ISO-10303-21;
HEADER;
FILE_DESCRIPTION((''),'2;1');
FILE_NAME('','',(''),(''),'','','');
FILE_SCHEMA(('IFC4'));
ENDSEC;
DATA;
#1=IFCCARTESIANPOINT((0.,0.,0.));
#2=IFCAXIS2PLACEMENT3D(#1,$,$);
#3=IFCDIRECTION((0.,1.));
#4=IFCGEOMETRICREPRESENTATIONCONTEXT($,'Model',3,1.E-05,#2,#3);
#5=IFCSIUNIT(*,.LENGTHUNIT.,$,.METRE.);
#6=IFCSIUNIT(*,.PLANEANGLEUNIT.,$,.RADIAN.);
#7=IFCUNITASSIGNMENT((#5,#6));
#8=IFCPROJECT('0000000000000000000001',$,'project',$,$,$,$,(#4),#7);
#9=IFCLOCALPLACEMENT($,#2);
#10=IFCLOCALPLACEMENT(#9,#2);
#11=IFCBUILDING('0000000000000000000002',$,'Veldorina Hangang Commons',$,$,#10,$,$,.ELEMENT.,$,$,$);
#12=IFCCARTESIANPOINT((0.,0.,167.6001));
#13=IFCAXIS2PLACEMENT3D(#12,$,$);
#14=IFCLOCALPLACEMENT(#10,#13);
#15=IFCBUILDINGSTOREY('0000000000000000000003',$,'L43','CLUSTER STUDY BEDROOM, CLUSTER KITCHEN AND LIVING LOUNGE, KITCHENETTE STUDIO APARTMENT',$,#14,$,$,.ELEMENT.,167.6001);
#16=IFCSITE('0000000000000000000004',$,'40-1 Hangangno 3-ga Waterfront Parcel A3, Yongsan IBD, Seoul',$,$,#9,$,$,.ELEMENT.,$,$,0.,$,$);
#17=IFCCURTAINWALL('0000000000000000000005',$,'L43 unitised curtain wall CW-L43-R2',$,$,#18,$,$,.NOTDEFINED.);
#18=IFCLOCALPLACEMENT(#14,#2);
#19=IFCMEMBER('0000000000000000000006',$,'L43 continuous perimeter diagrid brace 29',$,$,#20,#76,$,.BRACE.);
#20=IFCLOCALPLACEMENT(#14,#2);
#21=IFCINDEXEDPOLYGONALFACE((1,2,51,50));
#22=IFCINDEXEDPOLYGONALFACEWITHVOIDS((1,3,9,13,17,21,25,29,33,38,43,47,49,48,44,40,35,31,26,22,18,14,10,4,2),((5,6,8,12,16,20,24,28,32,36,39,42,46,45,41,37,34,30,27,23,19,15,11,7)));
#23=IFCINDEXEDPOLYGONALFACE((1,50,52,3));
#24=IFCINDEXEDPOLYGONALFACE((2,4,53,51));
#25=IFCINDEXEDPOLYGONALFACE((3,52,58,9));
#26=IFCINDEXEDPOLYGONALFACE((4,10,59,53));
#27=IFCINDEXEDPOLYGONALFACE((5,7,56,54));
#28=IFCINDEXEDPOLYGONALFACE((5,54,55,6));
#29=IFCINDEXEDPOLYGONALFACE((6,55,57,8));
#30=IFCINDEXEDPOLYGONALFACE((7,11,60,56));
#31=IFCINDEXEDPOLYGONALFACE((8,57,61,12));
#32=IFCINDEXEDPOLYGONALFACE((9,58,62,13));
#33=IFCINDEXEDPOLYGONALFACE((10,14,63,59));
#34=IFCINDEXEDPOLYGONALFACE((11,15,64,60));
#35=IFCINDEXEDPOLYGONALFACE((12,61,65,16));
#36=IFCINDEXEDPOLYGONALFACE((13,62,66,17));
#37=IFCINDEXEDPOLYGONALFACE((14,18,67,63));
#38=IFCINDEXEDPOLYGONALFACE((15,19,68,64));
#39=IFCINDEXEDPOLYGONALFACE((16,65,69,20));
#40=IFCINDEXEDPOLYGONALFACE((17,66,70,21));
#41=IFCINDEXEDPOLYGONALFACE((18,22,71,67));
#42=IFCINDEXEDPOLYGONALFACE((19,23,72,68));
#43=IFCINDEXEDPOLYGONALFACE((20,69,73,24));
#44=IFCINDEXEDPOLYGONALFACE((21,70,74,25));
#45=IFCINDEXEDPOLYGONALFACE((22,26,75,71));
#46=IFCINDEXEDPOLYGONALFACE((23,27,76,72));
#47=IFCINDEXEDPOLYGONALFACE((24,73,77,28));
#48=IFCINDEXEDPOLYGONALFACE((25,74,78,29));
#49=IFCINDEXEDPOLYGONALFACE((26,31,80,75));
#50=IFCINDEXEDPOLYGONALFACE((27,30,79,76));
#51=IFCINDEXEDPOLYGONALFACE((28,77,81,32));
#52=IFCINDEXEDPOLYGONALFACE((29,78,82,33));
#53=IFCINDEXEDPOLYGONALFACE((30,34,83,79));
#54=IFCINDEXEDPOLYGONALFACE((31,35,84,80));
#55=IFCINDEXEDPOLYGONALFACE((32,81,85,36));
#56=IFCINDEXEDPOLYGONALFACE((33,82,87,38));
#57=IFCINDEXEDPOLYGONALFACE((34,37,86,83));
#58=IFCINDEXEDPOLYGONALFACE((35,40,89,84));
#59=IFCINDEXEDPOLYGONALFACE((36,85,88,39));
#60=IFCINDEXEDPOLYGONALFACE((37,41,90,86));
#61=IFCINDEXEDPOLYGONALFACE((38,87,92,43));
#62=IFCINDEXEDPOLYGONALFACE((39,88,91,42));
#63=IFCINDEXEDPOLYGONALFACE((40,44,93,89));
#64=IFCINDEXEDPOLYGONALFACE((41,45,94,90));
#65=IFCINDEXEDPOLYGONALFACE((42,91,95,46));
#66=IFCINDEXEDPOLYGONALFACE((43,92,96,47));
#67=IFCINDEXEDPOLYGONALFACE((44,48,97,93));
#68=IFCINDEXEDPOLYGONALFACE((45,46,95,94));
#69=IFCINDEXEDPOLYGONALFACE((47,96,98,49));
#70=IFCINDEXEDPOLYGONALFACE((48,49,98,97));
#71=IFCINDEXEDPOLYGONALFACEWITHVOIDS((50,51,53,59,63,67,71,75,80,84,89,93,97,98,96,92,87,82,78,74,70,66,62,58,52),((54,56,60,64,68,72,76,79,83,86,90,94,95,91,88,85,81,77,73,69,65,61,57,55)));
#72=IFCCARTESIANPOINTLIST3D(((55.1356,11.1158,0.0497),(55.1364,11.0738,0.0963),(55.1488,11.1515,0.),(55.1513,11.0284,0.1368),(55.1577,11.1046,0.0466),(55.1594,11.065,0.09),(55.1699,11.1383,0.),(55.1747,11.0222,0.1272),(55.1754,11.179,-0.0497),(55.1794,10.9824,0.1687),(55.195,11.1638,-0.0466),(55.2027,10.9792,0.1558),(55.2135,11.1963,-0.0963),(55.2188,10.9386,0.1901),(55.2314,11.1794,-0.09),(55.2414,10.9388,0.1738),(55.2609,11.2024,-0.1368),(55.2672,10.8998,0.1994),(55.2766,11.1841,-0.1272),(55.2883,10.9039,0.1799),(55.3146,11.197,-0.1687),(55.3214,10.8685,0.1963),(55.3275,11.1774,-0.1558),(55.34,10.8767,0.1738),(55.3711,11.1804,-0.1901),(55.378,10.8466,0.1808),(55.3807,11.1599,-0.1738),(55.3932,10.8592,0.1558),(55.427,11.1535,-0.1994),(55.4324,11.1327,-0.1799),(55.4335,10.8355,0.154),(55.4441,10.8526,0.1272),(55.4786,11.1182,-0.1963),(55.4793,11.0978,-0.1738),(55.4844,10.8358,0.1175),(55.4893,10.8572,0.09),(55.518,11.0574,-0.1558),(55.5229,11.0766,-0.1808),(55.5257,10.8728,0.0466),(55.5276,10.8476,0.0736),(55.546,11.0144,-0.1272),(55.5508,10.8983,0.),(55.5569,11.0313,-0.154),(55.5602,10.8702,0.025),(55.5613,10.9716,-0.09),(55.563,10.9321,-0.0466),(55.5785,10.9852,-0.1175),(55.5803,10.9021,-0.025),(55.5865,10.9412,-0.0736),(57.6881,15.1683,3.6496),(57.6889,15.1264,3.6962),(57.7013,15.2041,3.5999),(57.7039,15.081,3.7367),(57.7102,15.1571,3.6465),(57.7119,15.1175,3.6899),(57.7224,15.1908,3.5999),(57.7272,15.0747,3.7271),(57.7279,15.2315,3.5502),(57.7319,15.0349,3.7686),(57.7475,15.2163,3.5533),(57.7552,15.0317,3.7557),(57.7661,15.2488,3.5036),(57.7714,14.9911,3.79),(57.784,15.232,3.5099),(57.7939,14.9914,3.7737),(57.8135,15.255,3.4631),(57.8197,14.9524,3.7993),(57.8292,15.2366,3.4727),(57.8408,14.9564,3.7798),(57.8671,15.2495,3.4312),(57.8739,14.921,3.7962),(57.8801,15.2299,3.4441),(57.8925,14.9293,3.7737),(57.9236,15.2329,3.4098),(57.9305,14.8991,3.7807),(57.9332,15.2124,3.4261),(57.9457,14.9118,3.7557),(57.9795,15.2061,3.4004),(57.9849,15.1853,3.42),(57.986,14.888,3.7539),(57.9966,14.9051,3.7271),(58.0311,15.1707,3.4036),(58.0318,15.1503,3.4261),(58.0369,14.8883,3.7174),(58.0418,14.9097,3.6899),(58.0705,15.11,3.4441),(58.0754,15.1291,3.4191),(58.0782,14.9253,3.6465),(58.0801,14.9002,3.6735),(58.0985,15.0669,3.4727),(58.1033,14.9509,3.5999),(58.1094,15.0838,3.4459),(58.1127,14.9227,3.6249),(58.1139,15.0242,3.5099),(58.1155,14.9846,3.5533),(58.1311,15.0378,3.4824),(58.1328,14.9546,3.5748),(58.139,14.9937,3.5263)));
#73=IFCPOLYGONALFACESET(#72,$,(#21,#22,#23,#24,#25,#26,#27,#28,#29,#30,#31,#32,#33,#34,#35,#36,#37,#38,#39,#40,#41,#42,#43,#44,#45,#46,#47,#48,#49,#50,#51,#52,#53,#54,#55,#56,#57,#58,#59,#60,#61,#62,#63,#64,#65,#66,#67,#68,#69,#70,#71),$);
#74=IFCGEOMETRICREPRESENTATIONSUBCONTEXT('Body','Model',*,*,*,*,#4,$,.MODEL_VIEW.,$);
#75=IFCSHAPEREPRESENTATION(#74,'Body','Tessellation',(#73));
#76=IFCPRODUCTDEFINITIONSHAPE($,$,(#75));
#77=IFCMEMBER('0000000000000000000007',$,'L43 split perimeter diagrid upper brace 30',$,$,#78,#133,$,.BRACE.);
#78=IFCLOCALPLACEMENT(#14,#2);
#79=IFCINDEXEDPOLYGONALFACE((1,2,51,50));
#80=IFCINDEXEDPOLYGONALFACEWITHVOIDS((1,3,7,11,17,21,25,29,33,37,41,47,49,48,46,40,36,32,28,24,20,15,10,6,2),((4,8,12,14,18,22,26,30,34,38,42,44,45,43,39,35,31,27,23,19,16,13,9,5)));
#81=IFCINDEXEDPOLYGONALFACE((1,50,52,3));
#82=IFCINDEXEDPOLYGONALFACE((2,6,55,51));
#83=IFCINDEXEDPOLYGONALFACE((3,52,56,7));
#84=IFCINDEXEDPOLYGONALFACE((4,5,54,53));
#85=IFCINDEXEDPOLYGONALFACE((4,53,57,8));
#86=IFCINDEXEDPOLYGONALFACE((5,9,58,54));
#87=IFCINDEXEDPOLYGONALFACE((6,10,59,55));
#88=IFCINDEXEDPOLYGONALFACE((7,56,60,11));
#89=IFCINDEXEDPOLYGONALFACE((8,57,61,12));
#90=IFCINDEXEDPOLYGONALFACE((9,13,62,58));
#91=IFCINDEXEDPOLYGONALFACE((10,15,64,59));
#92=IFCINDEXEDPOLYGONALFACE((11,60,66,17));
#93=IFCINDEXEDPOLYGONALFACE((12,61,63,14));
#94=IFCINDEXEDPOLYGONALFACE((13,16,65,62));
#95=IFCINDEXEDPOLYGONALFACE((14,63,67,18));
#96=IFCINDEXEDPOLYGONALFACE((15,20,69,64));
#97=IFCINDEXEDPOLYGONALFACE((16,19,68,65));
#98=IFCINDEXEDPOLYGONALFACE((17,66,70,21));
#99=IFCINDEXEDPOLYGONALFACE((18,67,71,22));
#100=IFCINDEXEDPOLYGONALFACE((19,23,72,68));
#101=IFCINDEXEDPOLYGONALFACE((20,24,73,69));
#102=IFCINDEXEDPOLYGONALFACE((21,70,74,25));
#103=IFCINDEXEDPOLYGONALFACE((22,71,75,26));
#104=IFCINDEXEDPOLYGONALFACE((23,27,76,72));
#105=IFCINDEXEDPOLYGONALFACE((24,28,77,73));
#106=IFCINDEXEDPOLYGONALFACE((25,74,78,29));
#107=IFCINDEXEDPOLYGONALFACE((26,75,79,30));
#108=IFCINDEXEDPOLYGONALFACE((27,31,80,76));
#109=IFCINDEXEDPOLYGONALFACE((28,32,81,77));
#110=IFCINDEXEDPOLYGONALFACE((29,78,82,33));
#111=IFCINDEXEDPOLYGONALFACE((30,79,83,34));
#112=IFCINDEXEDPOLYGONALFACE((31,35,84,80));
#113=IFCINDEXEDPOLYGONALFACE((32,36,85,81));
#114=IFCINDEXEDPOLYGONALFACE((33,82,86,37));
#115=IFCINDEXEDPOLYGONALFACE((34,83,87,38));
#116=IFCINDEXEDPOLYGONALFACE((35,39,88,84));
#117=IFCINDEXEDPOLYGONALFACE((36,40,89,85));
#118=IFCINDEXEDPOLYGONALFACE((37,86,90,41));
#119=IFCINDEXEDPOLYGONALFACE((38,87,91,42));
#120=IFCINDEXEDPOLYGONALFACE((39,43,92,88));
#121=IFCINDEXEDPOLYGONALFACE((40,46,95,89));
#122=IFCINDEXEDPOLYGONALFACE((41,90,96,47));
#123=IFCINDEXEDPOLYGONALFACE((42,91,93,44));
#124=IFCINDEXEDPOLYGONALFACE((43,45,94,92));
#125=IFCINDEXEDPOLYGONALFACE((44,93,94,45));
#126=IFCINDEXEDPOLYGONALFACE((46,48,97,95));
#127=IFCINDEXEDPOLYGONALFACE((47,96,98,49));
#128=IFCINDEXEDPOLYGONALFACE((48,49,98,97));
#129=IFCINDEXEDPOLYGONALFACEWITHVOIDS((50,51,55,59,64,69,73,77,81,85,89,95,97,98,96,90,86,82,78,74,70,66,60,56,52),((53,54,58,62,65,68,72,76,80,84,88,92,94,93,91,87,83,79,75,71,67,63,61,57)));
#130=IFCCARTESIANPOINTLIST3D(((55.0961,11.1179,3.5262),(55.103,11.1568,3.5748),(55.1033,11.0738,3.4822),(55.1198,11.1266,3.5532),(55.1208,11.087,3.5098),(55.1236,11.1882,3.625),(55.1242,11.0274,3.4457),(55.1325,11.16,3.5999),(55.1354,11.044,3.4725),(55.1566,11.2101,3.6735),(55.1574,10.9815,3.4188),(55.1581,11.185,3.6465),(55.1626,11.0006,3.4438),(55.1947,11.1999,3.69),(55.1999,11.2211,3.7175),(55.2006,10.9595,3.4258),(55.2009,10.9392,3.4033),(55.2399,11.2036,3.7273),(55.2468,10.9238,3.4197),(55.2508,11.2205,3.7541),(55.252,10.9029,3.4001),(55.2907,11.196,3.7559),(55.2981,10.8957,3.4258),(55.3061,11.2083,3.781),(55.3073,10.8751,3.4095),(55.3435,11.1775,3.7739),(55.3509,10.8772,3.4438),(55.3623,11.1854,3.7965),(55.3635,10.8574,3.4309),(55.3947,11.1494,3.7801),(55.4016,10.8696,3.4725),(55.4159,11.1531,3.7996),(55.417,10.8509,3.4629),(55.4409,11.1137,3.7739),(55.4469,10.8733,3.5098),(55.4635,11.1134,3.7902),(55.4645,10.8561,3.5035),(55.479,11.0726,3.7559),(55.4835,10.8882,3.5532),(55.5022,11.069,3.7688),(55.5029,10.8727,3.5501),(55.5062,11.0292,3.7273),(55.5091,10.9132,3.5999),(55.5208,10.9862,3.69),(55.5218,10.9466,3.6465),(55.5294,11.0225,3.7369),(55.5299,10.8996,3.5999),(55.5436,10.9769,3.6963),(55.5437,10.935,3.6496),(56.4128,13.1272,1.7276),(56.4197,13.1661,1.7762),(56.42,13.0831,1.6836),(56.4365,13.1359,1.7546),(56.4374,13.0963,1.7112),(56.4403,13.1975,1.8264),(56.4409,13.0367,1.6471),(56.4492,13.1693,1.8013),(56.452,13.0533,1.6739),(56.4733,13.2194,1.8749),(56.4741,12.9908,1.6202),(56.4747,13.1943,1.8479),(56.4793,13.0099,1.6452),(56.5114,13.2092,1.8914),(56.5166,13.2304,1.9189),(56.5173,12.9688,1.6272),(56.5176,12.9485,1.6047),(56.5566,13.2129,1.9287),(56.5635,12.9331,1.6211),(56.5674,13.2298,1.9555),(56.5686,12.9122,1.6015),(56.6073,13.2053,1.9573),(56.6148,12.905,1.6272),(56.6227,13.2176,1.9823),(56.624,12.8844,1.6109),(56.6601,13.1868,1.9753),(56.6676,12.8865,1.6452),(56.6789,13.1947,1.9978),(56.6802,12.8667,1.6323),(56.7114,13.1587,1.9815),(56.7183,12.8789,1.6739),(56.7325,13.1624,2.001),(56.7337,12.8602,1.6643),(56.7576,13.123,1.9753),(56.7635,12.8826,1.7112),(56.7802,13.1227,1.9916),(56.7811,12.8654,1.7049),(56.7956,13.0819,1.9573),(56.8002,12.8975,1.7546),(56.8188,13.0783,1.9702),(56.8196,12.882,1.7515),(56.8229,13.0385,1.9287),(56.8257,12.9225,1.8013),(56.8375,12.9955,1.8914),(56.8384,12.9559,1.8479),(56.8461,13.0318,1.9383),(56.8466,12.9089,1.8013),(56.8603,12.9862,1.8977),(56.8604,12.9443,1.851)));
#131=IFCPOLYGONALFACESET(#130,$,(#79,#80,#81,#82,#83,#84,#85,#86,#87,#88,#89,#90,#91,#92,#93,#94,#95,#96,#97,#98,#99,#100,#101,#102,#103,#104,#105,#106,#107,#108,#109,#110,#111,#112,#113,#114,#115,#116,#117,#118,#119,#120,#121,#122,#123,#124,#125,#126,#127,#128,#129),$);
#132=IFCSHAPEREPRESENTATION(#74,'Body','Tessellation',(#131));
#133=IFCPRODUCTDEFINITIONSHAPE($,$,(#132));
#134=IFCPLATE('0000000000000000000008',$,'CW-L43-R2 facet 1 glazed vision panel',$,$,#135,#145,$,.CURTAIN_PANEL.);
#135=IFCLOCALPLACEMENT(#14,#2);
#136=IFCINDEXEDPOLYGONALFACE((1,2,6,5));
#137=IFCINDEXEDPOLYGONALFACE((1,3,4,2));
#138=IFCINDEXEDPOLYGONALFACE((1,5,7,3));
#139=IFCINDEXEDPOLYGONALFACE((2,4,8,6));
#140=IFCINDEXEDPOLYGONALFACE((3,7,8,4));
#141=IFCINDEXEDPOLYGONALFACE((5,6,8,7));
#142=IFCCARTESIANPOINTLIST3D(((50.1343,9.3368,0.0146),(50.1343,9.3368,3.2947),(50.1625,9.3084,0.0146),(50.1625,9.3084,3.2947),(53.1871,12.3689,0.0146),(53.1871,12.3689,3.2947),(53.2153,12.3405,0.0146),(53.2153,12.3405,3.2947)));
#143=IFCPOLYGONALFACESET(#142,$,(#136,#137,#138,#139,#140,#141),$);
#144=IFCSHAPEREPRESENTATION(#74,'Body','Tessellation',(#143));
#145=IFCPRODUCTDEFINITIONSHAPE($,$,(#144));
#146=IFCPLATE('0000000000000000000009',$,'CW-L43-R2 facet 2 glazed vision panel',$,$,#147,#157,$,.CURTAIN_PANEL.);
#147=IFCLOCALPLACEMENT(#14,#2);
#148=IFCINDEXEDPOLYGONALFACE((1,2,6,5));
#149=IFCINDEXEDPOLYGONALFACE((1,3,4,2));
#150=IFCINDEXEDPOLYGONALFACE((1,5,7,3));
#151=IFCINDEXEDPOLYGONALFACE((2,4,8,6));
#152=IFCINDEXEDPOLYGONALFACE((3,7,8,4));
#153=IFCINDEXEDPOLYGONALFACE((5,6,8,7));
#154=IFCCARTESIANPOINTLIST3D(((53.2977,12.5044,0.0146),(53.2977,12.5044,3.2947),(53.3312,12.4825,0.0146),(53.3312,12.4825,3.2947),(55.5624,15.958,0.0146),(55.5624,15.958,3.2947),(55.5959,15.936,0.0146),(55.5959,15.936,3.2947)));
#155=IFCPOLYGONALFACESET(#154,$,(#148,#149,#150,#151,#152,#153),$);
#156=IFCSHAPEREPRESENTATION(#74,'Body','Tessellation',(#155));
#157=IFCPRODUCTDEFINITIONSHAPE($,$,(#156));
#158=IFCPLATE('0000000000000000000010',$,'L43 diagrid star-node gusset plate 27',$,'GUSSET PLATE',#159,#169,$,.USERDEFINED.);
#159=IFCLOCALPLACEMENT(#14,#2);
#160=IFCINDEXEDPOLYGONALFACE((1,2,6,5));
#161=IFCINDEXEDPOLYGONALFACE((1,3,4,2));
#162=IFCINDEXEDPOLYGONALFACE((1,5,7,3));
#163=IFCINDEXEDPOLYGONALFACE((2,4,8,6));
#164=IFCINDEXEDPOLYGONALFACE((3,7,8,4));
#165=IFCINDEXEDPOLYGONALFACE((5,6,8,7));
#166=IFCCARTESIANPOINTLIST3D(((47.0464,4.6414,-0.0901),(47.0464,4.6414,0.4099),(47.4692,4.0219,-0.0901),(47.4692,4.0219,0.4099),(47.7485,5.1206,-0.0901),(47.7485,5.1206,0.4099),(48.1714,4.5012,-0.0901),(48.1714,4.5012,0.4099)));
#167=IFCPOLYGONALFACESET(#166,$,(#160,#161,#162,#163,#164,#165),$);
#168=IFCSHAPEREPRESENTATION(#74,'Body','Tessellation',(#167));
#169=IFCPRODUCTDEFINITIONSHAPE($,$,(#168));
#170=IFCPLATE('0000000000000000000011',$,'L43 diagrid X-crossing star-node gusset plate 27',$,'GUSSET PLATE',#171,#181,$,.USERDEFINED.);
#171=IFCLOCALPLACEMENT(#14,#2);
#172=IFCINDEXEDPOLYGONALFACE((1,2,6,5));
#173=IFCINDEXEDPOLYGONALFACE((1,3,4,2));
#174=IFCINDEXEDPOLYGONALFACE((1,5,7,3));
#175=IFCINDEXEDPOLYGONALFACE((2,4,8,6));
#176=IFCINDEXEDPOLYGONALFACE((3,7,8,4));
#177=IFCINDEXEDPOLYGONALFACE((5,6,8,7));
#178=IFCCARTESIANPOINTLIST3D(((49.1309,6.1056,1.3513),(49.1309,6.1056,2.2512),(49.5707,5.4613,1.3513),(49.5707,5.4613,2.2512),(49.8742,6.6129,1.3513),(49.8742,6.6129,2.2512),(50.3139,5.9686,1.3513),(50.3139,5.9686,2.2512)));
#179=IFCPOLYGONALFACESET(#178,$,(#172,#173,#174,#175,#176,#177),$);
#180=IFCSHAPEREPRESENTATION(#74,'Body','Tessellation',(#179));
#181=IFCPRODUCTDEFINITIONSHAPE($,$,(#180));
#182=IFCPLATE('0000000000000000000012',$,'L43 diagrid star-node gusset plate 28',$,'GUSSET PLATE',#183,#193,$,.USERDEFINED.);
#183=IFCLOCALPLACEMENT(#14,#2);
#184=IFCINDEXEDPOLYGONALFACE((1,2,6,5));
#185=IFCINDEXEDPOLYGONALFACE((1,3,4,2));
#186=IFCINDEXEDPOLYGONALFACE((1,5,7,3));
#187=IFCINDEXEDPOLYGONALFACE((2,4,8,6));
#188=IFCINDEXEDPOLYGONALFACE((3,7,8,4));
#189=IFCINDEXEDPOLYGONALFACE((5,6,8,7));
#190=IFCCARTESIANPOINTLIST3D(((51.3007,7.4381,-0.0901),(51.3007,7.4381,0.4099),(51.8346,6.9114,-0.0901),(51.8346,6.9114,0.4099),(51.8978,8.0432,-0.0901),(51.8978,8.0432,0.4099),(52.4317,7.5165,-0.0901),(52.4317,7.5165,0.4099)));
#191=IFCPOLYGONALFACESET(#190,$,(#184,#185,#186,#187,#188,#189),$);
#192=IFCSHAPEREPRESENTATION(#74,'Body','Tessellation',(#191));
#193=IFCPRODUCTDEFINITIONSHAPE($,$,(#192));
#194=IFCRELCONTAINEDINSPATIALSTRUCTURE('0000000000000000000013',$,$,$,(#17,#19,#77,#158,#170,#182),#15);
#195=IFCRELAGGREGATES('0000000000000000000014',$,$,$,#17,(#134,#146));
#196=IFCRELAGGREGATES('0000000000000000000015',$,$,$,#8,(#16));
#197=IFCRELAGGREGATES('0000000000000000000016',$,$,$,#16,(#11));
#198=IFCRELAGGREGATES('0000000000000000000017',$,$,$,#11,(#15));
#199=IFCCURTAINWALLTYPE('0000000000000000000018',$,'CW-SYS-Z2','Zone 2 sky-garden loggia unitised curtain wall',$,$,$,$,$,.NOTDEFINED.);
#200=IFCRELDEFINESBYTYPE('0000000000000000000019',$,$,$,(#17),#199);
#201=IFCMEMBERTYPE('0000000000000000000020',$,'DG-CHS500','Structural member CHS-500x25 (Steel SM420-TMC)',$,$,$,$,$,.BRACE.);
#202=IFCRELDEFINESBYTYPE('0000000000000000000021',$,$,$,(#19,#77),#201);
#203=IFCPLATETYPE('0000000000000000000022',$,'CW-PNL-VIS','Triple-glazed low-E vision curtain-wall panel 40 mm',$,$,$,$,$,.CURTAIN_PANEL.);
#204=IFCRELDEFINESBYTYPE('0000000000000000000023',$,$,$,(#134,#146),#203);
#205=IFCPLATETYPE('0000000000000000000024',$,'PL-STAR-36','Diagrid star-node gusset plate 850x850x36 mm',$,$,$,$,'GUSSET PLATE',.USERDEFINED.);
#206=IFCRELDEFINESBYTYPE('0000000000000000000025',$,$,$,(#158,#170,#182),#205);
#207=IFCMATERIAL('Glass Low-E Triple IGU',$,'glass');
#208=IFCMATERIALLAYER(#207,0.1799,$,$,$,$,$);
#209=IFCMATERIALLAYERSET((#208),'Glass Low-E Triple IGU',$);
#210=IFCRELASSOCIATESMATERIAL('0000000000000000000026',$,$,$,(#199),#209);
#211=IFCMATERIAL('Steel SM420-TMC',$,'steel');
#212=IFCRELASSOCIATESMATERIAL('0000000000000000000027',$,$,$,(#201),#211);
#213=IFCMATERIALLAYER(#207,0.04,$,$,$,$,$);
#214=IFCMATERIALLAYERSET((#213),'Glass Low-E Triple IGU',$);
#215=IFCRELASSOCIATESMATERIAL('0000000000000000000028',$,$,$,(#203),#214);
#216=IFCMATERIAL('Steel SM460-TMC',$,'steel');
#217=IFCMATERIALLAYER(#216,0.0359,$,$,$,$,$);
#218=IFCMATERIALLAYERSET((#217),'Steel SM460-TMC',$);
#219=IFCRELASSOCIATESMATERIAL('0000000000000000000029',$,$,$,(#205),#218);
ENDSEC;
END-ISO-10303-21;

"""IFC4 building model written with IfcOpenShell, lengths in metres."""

from ifc_helpers import new_model, si_unit, direction, frame, origin, origin_2d, place, context, subcontext, project, spatial, rectangle, hollow_circle, extrude, material, layer, layer_set, material_profile, profile_set, type_object, element, aggregate, save


model = new_model("IFC4")

# Units and contexts
model_context = context("Model", 3, precision=1e-05, world=origin(), true_north=direction((0.0, 1.0)))
body_context = subcontext(model_context, "Body", "Model", "MODEL_VIEW")
ifc_project = project(units=[si_unit("LENGTHUNIT", "METRE"), si_unit("PLANEANGLEUNIT", "RADIAN")], contexts=[model_context])

# Site, building, storey
site_placement = place(None, origin())
site = spatial("IfcSite", under=ifc_project, at=site_placement, Name="40-1 Hangangno 3-ga Waterfront Parcel A3, Yongsan IBD, Seoul", CompositionType="ELEMENT", RefElevation=0.0)
building_placement = place(site_placement, origin())
building = spatial("IfcBuilding", under=site, at=building_placement, Name="Veldorina Hangang Commons", CompositionType="ELEMENT")
storey_placement = place(building_placement, frame((0.0, 0.0, 167.6001)))
storey = spatial("IfcBuildingStorey", under=building, at=storey_placement, Name="L43", Description="CLUSTER STUDY BEDROOM, CLUSTER KITCHEN AND LIVING LOUNGE, KITCHENETTE STUDIO APARTMENT", CompositionType="ELEMENT", Elevation=167.6001)

# Shared definitions
ifc_material_1 = material(Name="Steel SM420-TMC", Category="steel")

# Shared definitions
ifc_material_2 = material(Name="Glass Low-E Triple IGU", Category="glass")
ifc_layer_1 = layer(ifc_material_2, 0.1799)
ifc_layer_set_1 = layer_set([ifc_layer_1], Name="Glass Low-E Triple IGU")
curtain_wall_type = type_object("IfcCurtainWallType", Name="CW-SYS-Z2", Description="Zone 2 sky-garden loggia unitised curtain wall", PredefinedType="NOTDEFINED", material=ifc_layer_set_1)

# Curtain wall
curtain_wall_1_placement = place(storey_placement, origin())
curtain_wall_1 = element("IfcCurtainWall", 1, at=curtain_wall_1_placement, inside=storey, type_object=curtain_wall_type, Name="L43 unitised curtain wall CW-L43-R2", PredefinedType="NOTDEFINED")

# Members
ifc_material_profile_1 = material_profile(ifc_material_1, hollow_circle(Radius=0.25, WallThickness=0.0249, at=origin_2d()), Name="CHS-500x25")
ifc_profile_set_1 = profile_set([ifc_material_profile_1], Name="Steel SM420-TMC")
member_type_1 = type_object("IfcMemberType", Name="DG-CHS500", Description="Structural member CHS-500x25 (Steel SM420-TMC)", PredefinedType="BRACE", material=ifc_profile_set_1)
member_1_placement = place(storey_placement, frame((55.3604, 11.0183, 0.0), z_axis=(0.426026, 0.676385, 0.600837), x_axis=(-0.846146, 0.532951, 0.0)))
element("IfcMember", 2, at=member_1_placement, inside=storey, type_object=member_type_1, Name="L43 continuous perimeter diagrid brace 29", PredefinedType="BRACE", context=body_context, shape_type="SweptSolid", body=[
    extrude(hollow_circle(Radius=0.25, WallThickness=0.0249, at=origin_2d()), origin(), (0.0, 0.0, 1.0), 5.9915),
])
member_2_placement = place(storey_placement, frame((56.6375, 13.0459, 1.8013), z_axis=(-0.438745, -0.669548, 0.599339), x_axis=(0.836418, -0.548092, 0.0)))
element("IfcMember", 3, at=member_2_placement, inside=storey, type_object=member_type_1, Name="L43 split perimeter diagrid upper brace 30", PredefinedType="BRACE", context=body_context, shape_type="SweptSolid", body=[
    extrude(hollow_circle(Radius=0.25, WallThickness=0.0249, at=origin_2d()), origin(), (0.0, 0.0, 1.0), 3.001),
])

# Plates
ifc_layer_2 = layer(ifc_material_2, 0.04)
ifc_layer_set_2 = layer_set([ifc_layer_2], Name="Glass Low-E Triple IGU")
plate_type_1 = type_object("IfcPlateType", Name="CW-PNL-VIS", Description="Triple-glazed low-E vision curtain-wall panel 40 mm", PredefinedType="CURTAIN_PANEL", material=ifc_layer_set_2)
plate_1_placement = place(storey_placement, frame((51.6748, 10.8386, 0.0146), z_axis=(0.0, 0.0, 1.0), x_axis=(0.709509, 0.704696, 0.0)))
plate_1 = element("IfcPlate", 4, at=plate_1_placement, type_object=plate_type_1, Name="CW-L43-R2 facet 1 glazed vision panel", PredefinedType="CURTAIN_PANEL", context=body_context, shape_type="SweptSolid", body=[
    extrude(rectangle(XDim=4.3027, YDim=0.04, at=origin_2d()), origin(), (0.0, 0.0, 1.0), 3.28),
])
plate_2_placement = place(storey_placement, frame((54.4468, 14.2202, 0.0146), z_axis=(0.0, 0.0, 1.0), x_axis=(0.548366, 0.836238, 0.0)))
plate_2 = element("IfcPlate", 5, at=plate_2_placement, type_object=plate_type_1, Name="CW-L43-R2 facet 2 glazed vision panel", PredefinedType="CURTAIN_PANEL", context=body_context, shape_type="SweptSolid", body=[
    extrude(rectangle(XDim=4.1299, YDim=0.04, at=origin_2d()), origin(), (0.0, 0.0, 1.0), 3.28),
])
aggregate(curtain_wall_1, [plate_1, plate_2])

# Plates
ifc_material_3 = material(Name="Steel SM460-TMC", Category="steel")
ifc_layer_3 = layer(ifc_material_3, 0.0359)
ifc_layer_set_3 = layer_set([ifc_layer_3], Name="Steel SM460-TMC")
plate_type_2 = type_object("IfcPlateType", Name="PL-STAR-36", Description="Diagrid star-node gusset plate 850x850x36 mm", ElementType="GUSSET PLATE", PredefinedType="USERDEFINED", material=ifc_layer_set_3)
plate_3_placement = place(storey_placement, frame((47.6089, 4.5713, -0.0901), z_axis=(0.0, 0.0, 1.0), x_axis=(0.825941, 0.563757, 0.0)))
element("IfcPlate", 6, at=plate_3_placement, inside=storey, type_object=plate_type_2, Name="L43 diagrid star-node gusset plate 27", ObjectType="GUSSET PLATE", PredefinedType="USERDEFINED", context=body_context, shape_type="SweptSolid", body=[
    extrude(rectangle(XDim=0.8501, YDim=0.75, at=origin_2d()), origin(), (0.0, 0.0, 1.0), 0.5),
])
plate_4_placement = place(storey_placement, frame((49.7224, 6.0371, 1.3513), z_axis=(0.0, 0.0, 1.0), x_axis=(0.825941, 0.563757, 0.0)))
element("IfcPlate", 7, at=plate_4_placement, inside=storey, type_object=plate_type_2, Name="L43 diagrid X-crossing star-node gusset plate 27", ObjectType="GUSSET PLATE", PredefinedType="USERDEFINED", context=body_context, shape_type="SweptSolid", body=[
    extrude(rectangle(XDim=0.8999, YDim=0.78, at=origin_2d()), origin(), (0.0, 0.0, 1.0), 0.8999),
])
for number, where, z_axis, x_axis, name in (
    (8, (51.8662, 7.4773, -0.0901), (0.0, 0.0, 1.0), (0.702364, 0.711818, 0.0), "L43 diagrid star-node gusset plate 28"),
):
    element("IfcPlate", number, at=place(storey_placement, frame(where, z_axis=z_axis, x_axis=x_axis)), inside=storey, type_object=plate_type_2, Name=name, ObjectType="GUSSET PLATE", PredefinedType="USERDEFINED", context=body_context, shape_type="SweptSolid", body=[
        extrude(rectangle(XDim=0.8501, YDim=0.75, at=origin_2d()), origin(), (0.0, 0.0, 1.0), 0.5),
    ])

save(model, "model.ifc")
